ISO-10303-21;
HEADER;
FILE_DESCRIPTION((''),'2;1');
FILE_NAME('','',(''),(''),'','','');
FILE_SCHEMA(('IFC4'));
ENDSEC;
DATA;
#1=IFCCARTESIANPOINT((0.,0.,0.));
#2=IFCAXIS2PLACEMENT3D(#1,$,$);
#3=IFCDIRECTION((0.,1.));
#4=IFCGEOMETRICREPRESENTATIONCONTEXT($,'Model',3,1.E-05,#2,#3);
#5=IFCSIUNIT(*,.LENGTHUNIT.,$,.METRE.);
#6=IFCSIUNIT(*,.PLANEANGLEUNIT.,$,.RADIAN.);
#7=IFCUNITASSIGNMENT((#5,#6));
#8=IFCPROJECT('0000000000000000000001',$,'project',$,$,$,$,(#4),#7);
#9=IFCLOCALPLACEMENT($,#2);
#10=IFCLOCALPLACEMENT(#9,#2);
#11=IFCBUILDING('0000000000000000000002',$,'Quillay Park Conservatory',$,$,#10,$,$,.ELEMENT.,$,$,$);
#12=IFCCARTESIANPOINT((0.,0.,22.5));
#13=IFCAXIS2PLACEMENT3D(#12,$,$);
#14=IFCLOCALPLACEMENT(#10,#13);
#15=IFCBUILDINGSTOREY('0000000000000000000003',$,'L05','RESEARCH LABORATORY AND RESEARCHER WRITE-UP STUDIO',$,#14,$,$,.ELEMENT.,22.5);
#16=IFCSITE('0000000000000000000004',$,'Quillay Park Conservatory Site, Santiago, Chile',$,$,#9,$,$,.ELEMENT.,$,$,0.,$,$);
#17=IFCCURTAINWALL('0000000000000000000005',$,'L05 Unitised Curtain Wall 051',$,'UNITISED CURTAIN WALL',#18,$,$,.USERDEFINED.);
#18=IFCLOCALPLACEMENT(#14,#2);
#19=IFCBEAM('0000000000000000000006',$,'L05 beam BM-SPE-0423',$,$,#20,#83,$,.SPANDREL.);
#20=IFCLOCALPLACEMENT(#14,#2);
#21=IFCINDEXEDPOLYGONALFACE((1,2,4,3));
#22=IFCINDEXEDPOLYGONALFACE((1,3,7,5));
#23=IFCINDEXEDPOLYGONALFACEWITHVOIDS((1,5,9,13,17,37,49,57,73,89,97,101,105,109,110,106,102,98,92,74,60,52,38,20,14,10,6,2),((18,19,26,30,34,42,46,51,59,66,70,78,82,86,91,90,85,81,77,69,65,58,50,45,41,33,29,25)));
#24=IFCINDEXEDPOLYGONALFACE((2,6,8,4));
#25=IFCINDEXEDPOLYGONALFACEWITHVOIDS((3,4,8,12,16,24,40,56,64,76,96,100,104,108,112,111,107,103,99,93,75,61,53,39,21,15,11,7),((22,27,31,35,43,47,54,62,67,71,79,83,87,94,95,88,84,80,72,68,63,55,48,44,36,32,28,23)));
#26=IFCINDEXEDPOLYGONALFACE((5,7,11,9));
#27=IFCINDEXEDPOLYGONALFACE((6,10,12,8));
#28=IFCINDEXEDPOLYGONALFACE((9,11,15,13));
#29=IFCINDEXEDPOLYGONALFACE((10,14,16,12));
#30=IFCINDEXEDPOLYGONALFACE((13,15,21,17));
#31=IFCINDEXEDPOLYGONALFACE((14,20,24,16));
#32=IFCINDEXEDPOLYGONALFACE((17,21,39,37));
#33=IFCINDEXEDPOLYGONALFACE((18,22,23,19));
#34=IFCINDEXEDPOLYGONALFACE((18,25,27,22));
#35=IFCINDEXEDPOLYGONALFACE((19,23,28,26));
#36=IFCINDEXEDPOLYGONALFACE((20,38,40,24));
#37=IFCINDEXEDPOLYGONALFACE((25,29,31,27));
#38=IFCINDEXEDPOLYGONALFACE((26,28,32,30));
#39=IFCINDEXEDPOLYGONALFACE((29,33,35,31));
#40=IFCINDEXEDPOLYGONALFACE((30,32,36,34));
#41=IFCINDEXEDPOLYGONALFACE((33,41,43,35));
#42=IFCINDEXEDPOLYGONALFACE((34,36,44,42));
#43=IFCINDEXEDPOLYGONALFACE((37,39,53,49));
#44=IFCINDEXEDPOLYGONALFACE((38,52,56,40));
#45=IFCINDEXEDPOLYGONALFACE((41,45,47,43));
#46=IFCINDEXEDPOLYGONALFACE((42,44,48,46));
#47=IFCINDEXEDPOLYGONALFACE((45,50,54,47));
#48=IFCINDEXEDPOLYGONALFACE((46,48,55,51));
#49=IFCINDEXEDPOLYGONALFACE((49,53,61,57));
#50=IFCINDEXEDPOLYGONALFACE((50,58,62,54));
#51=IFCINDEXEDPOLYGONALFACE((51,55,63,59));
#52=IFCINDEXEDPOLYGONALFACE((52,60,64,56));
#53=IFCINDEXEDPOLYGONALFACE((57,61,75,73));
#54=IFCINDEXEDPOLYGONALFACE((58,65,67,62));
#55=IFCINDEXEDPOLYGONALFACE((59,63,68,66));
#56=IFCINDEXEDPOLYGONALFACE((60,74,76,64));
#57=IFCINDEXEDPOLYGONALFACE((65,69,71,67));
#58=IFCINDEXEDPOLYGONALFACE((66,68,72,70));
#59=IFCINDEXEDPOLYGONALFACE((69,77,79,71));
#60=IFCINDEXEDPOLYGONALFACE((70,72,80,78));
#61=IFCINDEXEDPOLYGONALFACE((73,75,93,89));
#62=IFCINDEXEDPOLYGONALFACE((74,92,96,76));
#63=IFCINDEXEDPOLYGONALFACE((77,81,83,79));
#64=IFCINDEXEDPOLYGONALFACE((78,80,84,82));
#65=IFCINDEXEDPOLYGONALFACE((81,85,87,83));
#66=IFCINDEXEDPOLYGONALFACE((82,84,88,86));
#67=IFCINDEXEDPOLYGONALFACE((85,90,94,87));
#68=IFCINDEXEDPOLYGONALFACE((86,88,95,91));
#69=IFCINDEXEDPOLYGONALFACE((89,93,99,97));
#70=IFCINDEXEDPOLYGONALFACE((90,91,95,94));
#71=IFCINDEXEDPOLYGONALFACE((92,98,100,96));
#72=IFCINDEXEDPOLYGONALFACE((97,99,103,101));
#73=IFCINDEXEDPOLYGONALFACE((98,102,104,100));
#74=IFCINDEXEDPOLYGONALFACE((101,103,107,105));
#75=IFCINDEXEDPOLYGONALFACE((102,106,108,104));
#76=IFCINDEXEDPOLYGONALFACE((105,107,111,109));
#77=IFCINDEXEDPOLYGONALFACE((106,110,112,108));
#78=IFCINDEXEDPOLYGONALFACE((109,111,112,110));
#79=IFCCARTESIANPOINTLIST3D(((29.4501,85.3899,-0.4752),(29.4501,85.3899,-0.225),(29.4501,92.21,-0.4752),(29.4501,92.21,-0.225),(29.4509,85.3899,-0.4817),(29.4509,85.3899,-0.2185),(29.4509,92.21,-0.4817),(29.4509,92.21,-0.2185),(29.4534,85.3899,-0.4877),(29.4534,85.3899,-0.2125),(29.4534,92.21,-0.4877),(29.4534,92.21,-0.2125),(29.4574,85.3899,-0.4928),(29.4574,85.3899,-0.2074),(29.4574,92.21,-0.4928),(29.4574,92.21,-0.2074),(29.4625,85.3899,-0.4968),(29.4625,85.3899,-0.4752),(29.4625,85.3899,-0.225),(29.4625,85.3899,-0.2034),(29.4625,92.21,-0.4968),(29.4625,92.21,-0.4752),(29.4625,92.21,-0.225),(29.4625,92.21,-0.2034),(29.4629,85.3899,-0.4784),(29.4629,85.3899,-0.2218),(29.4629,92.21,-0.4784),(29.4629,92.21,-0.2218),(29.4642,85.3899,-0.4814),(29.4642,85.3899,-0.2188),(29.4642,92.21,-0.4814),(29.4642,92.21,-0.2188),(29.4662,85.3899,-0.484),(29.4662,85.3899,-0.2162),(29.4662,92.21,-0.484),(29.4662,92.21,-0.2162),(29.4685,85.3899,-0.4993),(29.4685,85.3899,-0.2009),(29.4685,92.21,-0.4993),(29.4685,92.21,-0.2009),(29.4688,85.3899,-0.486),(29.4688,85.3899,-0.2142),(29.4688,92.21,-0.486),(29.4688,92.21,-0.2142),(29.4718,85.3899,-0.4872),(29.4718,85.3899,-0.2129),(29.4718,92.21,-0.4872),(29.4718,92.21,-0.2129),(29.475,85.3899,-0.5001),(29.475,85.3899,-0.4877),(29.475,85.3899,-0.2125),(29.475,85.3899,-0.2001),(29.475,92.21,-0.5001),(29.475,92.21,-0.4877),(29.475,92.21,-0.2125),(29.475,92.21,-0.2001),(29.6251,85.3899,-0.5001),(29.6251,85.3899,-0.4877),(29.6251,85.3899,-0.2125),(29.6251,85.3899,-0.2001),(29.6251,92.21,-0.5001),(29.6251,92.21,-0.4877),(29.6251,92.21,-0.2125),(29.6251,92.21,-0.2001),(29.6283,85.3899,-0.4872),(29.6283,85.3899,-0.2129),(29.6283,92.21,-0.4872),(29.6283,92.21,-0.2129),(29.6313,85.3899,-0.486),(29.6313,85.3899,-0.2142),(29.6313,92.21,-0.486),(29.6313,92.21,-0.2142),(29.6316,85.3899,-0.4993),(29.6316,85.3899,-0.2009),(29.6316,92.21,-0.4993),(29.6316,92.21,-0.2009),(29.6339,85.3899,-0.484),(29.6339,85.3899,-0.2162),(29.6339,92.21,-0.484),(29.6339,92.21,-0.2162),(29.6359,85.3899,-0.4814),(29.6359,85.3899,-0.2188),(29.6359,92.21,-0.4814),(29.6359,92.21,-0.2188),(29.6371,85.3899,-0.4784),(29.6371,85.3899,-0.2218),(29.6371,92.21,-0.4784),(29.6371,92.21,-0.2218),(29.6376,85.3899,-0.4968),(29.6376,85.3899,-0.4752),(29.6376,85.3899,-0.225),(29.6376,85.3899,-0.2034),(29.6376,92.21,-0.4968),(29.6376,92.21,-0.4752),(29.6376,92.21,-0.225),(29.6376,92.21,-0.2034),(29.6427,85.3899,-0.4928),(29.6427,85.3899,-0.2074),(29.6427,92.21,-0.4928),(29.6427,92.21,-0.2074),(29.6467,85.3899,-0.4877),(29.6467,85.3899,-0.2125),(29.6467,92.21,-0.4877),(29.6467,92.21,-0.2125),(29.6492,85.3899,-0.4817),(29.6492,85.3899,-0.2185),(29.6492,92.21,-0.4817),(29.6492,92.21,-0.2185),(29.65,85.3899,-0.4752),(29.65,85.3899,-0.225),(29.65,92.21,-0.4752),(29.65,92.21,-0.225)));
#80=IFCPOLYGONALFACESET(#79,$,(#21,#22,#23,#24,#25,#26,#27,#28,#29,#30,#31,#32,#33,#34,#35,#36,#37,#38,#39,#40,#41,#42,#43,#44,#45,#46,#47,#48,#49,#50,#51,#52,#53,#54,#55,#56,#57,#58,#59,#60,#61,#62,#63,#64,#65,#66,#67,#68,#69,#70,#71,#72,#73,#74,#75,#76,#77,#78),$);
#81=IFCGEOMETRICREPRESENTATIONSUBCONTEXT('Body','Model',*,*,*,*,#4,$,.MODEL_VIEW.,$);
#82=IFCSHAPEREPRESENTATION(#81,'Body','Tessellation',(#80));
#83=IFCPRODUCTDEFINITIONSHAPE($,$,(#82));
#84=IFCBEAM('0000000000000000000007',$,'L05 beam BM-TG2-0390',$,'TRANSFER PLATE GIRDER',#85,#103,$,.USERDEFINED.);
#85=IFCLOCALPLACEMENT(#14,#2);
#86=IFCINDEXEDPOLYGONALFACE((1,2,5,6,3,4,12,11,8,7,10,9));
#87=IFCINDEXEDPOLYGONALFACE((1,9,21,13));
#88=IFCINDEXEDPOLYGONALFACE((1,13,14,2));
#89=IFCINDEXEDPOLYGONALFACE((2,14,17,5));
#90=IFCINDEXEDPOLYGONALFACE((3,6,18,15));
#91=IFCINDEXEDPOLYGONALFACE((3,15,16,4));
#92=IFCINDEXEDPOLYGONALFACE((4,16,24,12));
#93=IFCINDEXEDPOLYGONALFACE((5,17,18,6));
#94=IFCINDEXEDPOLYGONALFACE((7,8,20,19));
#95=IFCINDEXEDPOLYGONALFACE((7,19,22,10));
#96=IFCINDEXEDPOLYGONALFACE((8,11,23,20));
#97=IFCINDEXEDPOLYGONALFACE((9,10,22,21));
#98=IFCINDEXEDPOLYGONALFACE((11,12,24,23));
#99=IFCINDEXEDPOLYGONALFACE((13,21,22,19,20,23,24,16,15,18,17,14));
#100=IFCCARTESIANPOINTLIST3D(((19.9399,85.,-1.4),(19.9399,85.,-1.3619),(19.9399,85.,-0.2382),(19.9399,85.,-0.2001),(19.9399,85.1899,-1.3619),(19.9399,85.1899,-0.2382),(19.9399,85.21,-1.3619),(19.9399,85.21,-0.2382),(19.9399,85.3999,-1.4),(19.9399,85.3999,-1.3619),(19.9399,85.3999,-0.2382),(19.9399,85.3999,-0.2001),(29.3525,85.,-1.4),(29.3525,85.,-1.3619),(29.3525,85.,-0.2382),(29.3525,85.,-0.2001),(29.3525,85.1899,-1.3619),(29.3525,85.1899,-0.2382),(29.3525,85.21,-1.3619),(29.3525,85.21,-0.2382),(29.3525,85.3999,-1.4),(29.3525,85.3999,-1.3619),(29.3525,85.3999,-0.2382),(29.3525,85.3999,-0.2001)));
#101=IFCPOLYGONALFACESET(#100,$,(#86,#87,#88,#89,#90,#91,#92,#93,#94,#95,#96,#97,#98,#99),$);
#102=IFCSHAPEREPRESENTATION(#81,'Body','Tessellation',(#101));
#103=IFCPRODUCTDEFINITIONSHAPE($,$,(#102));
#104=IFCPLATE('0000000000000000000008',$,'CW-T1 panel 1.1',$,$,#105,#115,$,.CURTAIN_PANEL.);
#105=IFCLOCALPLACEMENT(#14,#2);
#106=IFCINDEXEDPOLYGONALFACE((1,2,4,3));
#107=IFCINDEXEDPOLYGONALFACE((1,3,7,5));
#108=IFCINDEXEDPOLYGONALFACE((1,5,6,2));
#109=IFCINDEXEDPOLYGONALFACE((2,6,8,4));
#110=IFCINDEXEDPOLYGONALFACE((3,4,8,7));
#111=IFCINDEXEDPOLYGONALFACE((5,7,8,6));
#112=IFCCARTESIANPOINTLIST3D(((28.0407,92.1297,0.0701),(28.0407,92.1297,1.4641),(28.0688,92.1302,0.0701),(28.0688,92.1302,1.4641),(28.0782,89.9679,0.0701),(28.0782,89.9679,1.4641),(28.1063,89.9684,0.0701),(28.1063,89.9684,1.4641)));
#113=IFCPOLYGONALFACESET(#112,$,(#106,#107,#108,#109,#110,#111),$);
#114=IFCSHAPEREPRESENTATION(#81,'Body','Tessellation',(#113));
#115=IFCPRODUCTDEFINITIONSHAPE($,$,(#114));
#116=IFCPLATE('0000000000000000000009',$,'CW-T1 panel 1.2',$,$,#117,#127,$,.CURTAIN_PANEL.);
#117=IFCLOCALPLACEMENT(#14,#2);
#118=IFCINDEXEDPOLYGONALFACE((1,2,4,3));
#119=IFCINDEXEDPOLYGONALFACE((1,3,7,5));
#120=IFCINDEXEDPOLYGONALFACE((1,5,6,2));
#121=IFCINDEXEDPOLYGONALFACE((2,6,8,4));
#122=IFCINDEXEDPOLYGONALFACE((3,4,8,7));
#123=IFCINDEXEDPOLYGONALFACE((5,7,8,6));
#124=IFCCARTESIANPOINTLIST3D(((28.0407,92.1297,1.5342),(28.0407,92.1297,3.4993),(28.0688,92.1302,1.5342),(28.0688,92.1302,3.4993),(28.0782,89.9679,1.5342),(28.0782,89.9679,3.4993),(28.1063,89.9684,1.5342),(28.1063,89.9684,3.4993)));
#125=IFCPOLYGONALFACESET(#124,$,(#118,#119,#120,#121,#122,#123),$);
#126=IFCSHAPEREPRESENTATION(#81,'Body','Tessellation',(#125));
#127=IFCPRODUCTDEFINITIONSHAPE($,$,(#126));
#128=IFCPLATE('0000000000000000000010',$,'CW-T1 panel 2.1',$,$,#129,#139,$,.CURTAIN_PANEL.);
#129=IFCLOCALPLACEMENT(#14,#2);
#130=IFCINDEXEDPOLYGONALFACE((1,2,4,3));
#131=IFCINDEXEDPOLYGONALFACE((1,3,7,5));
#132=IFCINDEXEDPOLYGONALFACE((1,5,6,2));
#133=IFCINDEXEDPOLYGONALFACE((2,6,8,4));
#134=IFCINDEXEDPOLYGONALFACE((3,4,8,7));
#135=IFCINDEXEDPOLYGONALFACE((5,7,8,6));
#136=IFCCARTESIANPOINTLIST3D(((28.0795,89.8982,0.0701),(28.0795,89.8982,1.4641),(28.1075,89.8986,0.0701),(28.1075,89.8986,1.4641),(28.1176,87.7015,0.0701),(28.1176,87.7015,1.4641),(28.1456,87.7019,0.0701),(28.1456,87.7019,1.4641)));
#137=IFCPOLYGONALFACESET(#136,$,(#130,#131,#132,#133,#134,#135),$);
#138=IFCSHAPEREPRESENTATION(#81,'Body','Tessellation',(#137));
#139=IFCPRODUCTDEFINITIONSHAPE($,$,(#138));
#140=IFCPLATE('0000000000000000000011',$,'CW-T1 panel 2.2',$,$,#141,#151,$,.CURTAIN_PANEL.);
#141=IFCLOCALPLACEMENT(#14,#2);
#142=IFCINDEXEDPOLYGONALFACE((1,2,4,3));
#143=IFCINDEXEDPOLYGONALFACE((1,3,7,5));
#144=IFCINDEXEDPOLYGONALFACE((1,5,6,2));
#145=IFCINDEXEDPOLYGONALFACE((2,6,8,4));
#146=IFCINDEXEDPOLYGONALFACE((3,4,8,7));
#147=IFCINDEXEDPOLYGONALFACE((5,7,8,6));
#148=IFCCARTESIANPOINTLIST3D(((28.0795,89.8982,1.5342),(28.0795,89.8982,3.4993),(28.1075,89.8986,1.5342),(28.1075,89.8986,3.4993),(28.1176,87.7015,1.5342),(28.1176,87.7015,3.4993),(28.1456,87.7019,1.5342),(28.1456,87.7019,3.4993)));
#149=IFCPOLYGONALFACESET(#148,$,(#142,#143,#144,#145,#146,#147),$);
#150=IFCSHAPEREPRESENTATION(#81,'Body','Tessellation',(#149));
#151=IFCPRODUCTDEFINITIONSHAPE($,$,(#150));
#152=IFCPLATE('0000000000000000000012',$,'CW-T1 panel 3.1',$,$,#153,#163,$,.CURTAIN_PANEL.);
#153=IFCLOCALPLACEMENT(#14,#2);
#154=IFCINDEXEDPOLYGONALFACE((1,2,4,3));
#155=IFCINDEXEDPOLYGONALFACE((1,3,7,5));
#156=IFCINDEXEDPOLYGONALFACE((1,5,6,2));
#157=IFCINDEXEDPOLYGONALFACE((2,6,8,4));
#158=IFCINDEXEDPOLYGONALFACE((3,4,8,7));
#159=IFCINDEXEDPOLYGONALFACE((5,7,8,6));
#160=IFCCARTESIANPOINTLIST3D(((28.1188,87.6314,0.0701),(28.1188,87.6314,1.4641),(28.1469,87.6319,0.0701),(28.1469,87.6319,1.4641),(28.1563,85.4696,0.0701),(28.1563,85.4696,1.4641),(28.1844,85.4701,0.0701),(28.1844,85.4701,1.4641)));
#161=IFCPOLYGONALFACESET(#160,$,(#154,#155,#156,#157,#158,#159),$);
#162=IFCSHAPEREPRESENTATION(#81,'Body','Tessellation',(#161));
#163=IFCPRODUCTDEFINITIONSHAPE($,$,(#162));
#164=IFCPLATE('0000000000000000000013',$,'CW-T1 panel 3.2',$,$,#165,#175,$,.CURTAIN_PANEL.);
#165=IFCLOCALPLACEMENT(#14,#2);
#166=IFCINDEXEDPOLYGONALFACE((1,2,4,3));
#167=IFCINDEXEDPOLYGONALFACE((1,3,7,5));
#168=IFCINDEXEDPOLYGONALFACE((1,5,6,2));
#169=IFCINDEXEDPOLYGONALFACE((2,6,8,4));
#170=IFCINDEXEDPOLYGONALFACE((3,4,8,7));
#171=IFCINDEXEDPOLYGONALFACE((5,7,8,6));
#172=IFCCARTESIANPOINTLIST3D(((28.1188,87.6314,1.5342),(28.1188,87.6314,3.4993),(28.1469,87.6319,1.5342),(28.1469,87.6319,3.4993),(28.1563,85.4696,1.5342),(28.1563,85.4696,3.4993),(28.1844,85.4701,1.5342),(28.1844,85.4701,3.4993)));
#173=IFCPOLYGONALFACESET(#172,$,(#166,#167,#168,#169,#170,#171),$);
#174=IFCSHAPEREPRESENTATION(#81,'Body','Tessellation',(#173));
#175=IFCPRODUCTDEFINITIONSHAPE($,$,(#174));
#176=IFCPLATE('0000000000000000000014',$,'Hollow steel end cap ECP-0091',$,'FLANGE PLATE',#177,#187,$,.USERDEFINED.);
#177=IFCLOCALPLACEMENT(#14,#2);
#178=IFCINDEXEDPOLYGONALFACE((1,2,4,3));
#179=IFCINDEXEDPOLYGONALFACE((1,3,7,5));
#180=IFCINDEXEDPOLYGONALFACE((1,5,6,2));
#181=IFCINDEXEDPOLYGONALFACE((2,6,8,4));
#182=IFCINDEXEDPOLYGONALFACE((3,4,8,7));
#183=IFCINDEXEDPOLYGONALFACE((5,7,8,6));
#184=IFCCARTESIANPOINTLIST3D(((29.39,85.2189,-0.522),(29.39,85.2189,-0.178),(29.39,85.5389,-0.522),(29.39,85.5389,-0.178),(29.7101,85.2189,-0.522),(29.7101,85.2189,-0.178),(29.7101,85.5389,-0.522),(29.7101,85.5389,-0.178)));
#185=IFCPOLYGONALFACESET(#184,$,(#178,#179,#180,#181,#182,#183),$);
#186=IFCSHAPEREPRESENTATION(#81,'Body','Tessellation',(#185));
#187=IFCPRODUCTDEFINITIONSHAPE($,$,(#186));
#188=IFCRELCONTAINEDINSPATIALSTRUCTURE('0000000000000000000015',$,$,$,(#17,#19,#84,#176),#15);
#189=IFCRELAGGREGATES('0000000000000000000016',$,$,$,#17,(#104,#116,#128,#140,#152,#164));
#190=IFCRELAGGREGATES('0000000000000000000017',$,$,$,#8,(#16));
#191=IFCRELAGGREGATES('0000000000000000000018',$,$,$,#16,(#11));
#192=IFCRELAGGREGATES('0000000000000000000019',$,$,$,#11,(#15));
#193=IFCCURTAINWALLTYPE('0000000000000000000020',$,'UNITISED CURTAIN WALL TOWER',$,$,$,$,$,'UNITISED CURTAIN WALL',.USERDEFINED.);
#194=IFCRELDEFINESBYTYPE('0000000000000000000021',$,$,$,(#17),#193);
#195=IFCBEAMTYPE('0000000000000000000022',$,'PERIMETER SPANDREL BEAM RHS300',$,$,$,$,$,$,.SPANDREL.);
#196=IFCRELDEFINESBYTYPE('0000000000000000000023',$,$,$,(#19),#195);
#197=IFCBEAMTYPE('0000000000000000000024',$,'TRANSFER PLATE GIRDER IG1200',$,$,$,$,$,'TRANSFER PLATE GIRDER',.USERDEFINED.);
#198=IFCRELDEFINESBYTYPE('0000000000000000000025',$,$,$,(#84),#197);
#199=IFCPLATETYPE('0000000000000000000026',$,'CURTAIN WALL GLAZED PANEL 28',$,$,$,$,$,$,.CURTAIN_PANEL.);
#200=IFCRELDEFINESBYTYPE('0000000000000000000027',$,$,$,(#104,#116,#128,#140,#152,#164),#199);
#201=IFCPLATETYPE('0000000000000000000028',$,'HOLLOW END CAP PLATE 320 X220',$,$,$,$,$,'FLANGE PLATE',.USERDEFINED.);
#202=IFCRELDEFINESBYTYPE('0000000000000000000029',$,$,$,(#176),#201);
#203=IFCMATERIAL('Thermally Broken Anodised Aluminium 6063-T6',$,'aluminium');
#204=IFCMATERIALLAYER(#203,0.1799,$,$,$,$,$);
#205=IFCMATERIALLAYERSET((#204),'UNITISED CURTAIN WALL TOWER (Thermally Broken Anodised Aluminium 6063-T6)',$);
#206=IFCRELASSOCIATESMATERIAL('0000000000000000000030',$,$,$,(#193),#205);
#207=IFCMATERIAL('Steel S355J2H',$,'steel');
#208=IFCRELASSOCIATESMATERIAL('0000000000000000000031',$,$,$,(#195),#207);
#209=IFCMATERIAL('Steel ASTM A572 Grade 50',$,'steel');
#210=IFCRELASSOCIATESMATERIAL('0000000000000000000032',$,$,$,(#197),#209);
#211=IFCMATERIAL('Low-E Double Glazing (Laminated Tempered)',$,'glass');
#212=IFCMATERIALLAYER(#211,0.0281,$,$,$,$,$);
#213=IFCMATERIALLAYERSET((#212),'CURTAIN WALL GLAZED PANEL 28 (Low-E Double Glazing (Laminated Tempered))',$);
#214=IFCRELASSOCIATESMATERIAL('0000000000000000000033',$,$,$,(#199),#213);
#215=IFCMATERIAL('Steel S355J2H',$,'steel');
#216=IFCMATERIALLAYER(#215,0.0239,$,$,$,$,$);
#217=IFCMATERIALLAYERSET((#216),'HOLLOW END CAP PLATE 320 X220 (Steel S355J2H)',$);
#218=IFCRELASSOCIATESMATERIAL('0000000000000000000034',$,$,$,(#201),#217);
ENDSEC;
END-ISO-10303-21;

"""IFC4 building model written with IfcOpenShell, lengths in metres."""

from ifc_helpers import new_model, si_unit, direction, frame, origin, origin_2d, place, context, subcontext, project, spatial, rectangle, hollow_rectangle, i_section, extrude, material, layer, layer_set, material_profile, profile_set, type_object, element, aggregate, save


model = new_model("IFC4")

# Units and contexts
model_context = context("Model", 3, precision=1e-05, world=origin(), true_north=direction((0.0, 1.0)))
body_context = subcontext(model_context, "Body", "Model", "MODEL_VIEW")
ifc_project = project(units=[si_unit("LENGTHUNIT", "METRE"), si_unit("PLANEANGLEUNIT", "RADIAN")], contexts=[model_context])

# Site, building, storey
site_placement = place(None, origin())
site = spatial("IfcSite", under=ifc_project, at=site_placement, Name="Quillay Park Conservatory Site, Santiago, Chile", CompositionType="ELEMENT", RefElevation=0.0)
building_placement = place(site_placement, origin())
building = spatial("IfcBuilding", under=site, at=building_placement, Name="Quillay Park Conservatory", CompositionType="ELEMENT")
storey_placement = place(building_placement, frame((0.0, 0.0, 22.5)))
storey = spatial("IfcBuildingStorey", under=building, at=storey_placement, Name="L05", Description="RESEARCH LABORATORY AND RESEARCHER WRITE-UP STUDIO", CompositionType="ELEMENT", Elevation=22.5)

# Curtain wall
ifc_material_1 = material(Name="Thermally Broken Anodised Aluminium 6063-T6", Category="aluminium")
ifc_layer_1 = layer(ifc_material_1, 0.1799)
ifc_layer_set_1 = layer_set([ifc_layer_1], Name="UNITISED CURTAIN WALL TOWER (Thermally Broken Anodised Aluminium 6063-T6)")
curtain_wall_type = type_object("IfcCurtainWallType", Name="UNITISED CURTAIN WALL TOWER", ElementType="UNITISED CURTAIN WALL", PredefinedType="USERDEFINED", material=ifc_layer_set_1)
curtain_wall_placement = place(storey_placement, origin())
curtain_wall = element("IfcCurtainWall", 1, at=curtain_wall_placement, inside=storey, type_object=curtain_wall_type, Name="L05 Unitised Curtain Wall 051", ObjectType="UNITISED CURTAIN WALL", PredefinedType="USERDEFINED")

# Beams
ifc_material_2 = material(Name="Steel S355J2H", Category="steel")
ifc_material_profile_1 = material_profile(ifc_material_2, hollow_rectangle(XDim=0.2, YDim=0.3, WallThickness=0.0125, InnerFilletRadius=0.0125, OuterFilletRadius=0.0249, at=origin_2d()), Name="RHS300x200x12.5")
ifc_profile_set_1 = profile_set([ifc_material_profile_1], Name="Steel S355J2H")
beam_type_1 = type_object("IfcBeamType", Name="PERIMETER SPANDREL BEAM RHS300", PredefinedType="SPANDREL", material=ifc_profile_set_1)
beam_1_placement = place(storey_placement, frame((29.55, 85.3899, -0.3501), z_axis=(0.0, 1.0, 0.0), x_axis=(-1.0, 0.0, 0.0)))
element("IfcBeam", 2, at=beam_1_placement, inside=storey, type_object=beam_type_1, Name="L05 beam BM-SPE-0423", PredefinedType="SPANDREL", context=body_context, shape_type="SweptSolid", body=[
    extrude(hollow_rectangle(XDim=0.2, YDim=0.3, WallThickness=0.0125, InnerFilletRadius=0.0125, OuterFilletRadius=0.0249, at=origin_2d()), origin(), (0.0, 0.0, 1.0), 6.8201),
])
ifc_material_3 = material(Name="Steel ASTM A572 Grade 50", Category="steel")
ifc_material_profile_2 = material_profile(ifc_material_3, i_section(OverallWidth=0.3999, OverallDepth=1.2, WebThickness=0.02, FlangeThickness=0.0381, at=origin_2d()), Name="IG1200x400")
ifc_profile_set_2 = profile_set([ifc_material_profile_2], Name="Steel ASTM A572 Grade 50")
beam_type_2 = type_object("IfcBeamType", Name="TRANSFER PLATE GIRDER IG1200", ElementType="TRANSFER PLATE GIRDER", PredefinedType="USERDEFINED", material=ifc_profile_set_2)
beam_2_placement = place(storey_placement, frame((19.9399, 85.2, -0.8), z_axis=(1.0, 0.0, 0.0), x_axis=(0.0, 1.0, 0.0)))
element("IfcBeam", 3, at=beam_2_placement, inside=storey, type_object=beam_type_2, Name="L05 beam BM-TG2-0390", ObjectType="TRANSFER PLATE GIRDER", PredefinedType="USERDEFINED", context=body_context, shape_type="SweptSolid", body=[
    extrude(i_section(OverallWidth=0.3999, OverallDepth=1.2, WebThickness=0.02, FlangeThickness=0.0381, at=origin_2d()), origin(), (0.0, 0.0, 1.0), 9.4126),
])

# Plates
ifc_material_4 = material(Name="Low-E Double Glazing (Laminated Tempered)", Category="glass")
ifc_layer_2 = layer(ifc_material_4, 0.0281)
ifc_layer_set_2 = layer_set([ifc_layer_2], Name="CURTAIN WALL GLAZED PANEL 28 (Low-E Double Glazing (Laminated Tempered))")
plate_type_1 = type_object("IfcPlateType", Name="CURTAIN WALL GLAZED PANEL 28", PredefinedType="CURTAIN_PANEL", material=ifc_layer_set_2)
plate_1_placement = place(storey_placement, frame((28.0735, 91.0491, 0.0701), z_axis=(0.0, 0.0, 1.0), x_axis=(0.01735, -0.999849, 0.0)))
plate_1 = element("IfcPlate", 4, at=plate_1_placement, type_object=plate_type_1, Name="CW-T1 panel 1.1", PredefinedType="CURTAIN_PANEL", context=body_context, shape_type="SweptSolid", body=[
    extrude(rectangle(XDim=2.1621, YDim=0.0281, at=origin_2d()), origin(), (0.0, 0.0, 1.0), 1.394),
])
plate_2_placement = place(storey_placement, frame((28.0735, 91.0491, 1.5342), z_axis=(0.0, 0.0, 1.0), x_axis=(0.01735, -0.999849, 0.0)))
plate_2 = element("IfcPlate", 5, at=plate_2_placement, type_object=plate_type_1, Name="CW-T1 panel 1.2", PredefinedType="CURTAIN_PANEL", context=body_context, shape_type="SweptSolid", body=[
    extrude(rectangle(XDim=2.1621, YDim=0.0281, at=origin_2d()), origin(), (0.0, 0.0, 1.0), 1.9651),
])
plate_3_placement = place(storey_placement, frame((28.1125, 88.8, 0.0701), z_axis=(0.0, 0.0, 1.0), x_axis=(0.01735, -0.999849, 0.0)))
plate_3 = element("IfcPlate", 6, at=plate_3_placement, type_object=plate_type_1, Name="CW-T1 panel 2.1", PredefinedType="CURTAIN_PANEL", context=body_context, shape_type="SweptSolid", body=[
    extrude(rectangle(XDim=2.197, YDim=0.0281, at=origin_2d()), origin(), (0.0, 0.0, 1.0), 1.394),
])
plate_4_placement = place(storey_placement, frame((28.1125, 88.8, 1.5342), z_axis=(0.0, 0.0, 1.0), x_axis=(0.01735, -0.999849, 0.0)))
plate_4 = element("IfcPlate", 7, at=plate_4_placement, type_object=plate_type_1, Name="CW-T1 panel 2.2", PredefinedType="CURTAIN_PANEL", context=body_context, shape_type="SweptSolid", body=[
    extrude(rectangle(XDim=2.197, YDim=0.0281, at=origin_2d()), origin(), (0.0, 0.0, 1.0), 1.9651),
])
plate_5_placement = place(storey_placement, frame((28.1516, 86.5508, 0.0701), z_axis=(0.0, 0.0, 1.0), x_axis=(0.01735, -0.999849, 0.0)))
plate_5 = element("IfcPlate", 8, at=plate_5_placement, type_object=plate_type_1, Name="CW-T1 panel 3.1", PredefinedType="CURTAIN_PANEL", context=body_context, shape_type="SweptSolid", body=[
    extrude(rectangle(XDim=2.1621, YDim=0.0281, at=origin_2d()), origin(), (0.0, 0.0, 1.0), 1.394),
])
plate_6_placement = place(storey_placement, frame((28.1516, 86.5508, 1.5342), z_axis=(0.0, 0.0, 1.0), x_axis=(0.01735, -0.999849, 0.0)))
plate_6 = element("IfcPlate", 9, at=plate_6_placement, type_object=plate_type_1, Name="CW-T1 panel 3.2", PredefinedType="CURTAIN_PANEL", context=body_context, shape_type="SweptSolid", body=[
    extrude(rectangle(XDim=2.1621, YDim=0.0281, at=origin_2d()), origin(), (0.0, 0.0, 1.0), 1.9651),
])
aggregate(curtain_wall, [plate_1, plate_2, plate_3, plate_4, plate_5, plate_6])

# Plate
ifc_material_5 = material(Name="Steel S355J2H", Category="steel")
ifc_layer_3 = layer(ifc_material_5, 0.0239)
ifc_layer_set_3 = layer_set([ifc_layer_3], Name="HOLLOW END CAP PLATE 320 X220 (Steel S355J2H)")
plate_type_2 = type_object("IfcPlateType", Name="HOLLOW END CAP PLATE 320 X220", ElementType="FLANGE PLATE", PredefinedType="USERDEFINED", material=ifc_layer_set_3)
for number, where, z_axis, x_axis, name in (
    (10, (29.55, 85.3789, -0.522), (0.0, 0.0, 1.0), (1.0, 0.0, 0.0), "Hollow steel end cap ECP-0091"),
):
    element("IfcPlate", number, at=place(storey_placement, frame(where, z_axis=z_axis, x_axis=x_axis)), inside=storey, type_object=plate_type_2, Name=name, ObjectType="FLANGE PLATE", PredefinedType="USERDEFINED", context=body_context, shape_type="SweptSolid", body=[
        extrude(rectangle(XDim=0.3201, YDim=0.3201, at=origin_2d()), origin(), (0.0, 0.0, 1.0), 0.344),
    ])

save(model, "model.ifc")
